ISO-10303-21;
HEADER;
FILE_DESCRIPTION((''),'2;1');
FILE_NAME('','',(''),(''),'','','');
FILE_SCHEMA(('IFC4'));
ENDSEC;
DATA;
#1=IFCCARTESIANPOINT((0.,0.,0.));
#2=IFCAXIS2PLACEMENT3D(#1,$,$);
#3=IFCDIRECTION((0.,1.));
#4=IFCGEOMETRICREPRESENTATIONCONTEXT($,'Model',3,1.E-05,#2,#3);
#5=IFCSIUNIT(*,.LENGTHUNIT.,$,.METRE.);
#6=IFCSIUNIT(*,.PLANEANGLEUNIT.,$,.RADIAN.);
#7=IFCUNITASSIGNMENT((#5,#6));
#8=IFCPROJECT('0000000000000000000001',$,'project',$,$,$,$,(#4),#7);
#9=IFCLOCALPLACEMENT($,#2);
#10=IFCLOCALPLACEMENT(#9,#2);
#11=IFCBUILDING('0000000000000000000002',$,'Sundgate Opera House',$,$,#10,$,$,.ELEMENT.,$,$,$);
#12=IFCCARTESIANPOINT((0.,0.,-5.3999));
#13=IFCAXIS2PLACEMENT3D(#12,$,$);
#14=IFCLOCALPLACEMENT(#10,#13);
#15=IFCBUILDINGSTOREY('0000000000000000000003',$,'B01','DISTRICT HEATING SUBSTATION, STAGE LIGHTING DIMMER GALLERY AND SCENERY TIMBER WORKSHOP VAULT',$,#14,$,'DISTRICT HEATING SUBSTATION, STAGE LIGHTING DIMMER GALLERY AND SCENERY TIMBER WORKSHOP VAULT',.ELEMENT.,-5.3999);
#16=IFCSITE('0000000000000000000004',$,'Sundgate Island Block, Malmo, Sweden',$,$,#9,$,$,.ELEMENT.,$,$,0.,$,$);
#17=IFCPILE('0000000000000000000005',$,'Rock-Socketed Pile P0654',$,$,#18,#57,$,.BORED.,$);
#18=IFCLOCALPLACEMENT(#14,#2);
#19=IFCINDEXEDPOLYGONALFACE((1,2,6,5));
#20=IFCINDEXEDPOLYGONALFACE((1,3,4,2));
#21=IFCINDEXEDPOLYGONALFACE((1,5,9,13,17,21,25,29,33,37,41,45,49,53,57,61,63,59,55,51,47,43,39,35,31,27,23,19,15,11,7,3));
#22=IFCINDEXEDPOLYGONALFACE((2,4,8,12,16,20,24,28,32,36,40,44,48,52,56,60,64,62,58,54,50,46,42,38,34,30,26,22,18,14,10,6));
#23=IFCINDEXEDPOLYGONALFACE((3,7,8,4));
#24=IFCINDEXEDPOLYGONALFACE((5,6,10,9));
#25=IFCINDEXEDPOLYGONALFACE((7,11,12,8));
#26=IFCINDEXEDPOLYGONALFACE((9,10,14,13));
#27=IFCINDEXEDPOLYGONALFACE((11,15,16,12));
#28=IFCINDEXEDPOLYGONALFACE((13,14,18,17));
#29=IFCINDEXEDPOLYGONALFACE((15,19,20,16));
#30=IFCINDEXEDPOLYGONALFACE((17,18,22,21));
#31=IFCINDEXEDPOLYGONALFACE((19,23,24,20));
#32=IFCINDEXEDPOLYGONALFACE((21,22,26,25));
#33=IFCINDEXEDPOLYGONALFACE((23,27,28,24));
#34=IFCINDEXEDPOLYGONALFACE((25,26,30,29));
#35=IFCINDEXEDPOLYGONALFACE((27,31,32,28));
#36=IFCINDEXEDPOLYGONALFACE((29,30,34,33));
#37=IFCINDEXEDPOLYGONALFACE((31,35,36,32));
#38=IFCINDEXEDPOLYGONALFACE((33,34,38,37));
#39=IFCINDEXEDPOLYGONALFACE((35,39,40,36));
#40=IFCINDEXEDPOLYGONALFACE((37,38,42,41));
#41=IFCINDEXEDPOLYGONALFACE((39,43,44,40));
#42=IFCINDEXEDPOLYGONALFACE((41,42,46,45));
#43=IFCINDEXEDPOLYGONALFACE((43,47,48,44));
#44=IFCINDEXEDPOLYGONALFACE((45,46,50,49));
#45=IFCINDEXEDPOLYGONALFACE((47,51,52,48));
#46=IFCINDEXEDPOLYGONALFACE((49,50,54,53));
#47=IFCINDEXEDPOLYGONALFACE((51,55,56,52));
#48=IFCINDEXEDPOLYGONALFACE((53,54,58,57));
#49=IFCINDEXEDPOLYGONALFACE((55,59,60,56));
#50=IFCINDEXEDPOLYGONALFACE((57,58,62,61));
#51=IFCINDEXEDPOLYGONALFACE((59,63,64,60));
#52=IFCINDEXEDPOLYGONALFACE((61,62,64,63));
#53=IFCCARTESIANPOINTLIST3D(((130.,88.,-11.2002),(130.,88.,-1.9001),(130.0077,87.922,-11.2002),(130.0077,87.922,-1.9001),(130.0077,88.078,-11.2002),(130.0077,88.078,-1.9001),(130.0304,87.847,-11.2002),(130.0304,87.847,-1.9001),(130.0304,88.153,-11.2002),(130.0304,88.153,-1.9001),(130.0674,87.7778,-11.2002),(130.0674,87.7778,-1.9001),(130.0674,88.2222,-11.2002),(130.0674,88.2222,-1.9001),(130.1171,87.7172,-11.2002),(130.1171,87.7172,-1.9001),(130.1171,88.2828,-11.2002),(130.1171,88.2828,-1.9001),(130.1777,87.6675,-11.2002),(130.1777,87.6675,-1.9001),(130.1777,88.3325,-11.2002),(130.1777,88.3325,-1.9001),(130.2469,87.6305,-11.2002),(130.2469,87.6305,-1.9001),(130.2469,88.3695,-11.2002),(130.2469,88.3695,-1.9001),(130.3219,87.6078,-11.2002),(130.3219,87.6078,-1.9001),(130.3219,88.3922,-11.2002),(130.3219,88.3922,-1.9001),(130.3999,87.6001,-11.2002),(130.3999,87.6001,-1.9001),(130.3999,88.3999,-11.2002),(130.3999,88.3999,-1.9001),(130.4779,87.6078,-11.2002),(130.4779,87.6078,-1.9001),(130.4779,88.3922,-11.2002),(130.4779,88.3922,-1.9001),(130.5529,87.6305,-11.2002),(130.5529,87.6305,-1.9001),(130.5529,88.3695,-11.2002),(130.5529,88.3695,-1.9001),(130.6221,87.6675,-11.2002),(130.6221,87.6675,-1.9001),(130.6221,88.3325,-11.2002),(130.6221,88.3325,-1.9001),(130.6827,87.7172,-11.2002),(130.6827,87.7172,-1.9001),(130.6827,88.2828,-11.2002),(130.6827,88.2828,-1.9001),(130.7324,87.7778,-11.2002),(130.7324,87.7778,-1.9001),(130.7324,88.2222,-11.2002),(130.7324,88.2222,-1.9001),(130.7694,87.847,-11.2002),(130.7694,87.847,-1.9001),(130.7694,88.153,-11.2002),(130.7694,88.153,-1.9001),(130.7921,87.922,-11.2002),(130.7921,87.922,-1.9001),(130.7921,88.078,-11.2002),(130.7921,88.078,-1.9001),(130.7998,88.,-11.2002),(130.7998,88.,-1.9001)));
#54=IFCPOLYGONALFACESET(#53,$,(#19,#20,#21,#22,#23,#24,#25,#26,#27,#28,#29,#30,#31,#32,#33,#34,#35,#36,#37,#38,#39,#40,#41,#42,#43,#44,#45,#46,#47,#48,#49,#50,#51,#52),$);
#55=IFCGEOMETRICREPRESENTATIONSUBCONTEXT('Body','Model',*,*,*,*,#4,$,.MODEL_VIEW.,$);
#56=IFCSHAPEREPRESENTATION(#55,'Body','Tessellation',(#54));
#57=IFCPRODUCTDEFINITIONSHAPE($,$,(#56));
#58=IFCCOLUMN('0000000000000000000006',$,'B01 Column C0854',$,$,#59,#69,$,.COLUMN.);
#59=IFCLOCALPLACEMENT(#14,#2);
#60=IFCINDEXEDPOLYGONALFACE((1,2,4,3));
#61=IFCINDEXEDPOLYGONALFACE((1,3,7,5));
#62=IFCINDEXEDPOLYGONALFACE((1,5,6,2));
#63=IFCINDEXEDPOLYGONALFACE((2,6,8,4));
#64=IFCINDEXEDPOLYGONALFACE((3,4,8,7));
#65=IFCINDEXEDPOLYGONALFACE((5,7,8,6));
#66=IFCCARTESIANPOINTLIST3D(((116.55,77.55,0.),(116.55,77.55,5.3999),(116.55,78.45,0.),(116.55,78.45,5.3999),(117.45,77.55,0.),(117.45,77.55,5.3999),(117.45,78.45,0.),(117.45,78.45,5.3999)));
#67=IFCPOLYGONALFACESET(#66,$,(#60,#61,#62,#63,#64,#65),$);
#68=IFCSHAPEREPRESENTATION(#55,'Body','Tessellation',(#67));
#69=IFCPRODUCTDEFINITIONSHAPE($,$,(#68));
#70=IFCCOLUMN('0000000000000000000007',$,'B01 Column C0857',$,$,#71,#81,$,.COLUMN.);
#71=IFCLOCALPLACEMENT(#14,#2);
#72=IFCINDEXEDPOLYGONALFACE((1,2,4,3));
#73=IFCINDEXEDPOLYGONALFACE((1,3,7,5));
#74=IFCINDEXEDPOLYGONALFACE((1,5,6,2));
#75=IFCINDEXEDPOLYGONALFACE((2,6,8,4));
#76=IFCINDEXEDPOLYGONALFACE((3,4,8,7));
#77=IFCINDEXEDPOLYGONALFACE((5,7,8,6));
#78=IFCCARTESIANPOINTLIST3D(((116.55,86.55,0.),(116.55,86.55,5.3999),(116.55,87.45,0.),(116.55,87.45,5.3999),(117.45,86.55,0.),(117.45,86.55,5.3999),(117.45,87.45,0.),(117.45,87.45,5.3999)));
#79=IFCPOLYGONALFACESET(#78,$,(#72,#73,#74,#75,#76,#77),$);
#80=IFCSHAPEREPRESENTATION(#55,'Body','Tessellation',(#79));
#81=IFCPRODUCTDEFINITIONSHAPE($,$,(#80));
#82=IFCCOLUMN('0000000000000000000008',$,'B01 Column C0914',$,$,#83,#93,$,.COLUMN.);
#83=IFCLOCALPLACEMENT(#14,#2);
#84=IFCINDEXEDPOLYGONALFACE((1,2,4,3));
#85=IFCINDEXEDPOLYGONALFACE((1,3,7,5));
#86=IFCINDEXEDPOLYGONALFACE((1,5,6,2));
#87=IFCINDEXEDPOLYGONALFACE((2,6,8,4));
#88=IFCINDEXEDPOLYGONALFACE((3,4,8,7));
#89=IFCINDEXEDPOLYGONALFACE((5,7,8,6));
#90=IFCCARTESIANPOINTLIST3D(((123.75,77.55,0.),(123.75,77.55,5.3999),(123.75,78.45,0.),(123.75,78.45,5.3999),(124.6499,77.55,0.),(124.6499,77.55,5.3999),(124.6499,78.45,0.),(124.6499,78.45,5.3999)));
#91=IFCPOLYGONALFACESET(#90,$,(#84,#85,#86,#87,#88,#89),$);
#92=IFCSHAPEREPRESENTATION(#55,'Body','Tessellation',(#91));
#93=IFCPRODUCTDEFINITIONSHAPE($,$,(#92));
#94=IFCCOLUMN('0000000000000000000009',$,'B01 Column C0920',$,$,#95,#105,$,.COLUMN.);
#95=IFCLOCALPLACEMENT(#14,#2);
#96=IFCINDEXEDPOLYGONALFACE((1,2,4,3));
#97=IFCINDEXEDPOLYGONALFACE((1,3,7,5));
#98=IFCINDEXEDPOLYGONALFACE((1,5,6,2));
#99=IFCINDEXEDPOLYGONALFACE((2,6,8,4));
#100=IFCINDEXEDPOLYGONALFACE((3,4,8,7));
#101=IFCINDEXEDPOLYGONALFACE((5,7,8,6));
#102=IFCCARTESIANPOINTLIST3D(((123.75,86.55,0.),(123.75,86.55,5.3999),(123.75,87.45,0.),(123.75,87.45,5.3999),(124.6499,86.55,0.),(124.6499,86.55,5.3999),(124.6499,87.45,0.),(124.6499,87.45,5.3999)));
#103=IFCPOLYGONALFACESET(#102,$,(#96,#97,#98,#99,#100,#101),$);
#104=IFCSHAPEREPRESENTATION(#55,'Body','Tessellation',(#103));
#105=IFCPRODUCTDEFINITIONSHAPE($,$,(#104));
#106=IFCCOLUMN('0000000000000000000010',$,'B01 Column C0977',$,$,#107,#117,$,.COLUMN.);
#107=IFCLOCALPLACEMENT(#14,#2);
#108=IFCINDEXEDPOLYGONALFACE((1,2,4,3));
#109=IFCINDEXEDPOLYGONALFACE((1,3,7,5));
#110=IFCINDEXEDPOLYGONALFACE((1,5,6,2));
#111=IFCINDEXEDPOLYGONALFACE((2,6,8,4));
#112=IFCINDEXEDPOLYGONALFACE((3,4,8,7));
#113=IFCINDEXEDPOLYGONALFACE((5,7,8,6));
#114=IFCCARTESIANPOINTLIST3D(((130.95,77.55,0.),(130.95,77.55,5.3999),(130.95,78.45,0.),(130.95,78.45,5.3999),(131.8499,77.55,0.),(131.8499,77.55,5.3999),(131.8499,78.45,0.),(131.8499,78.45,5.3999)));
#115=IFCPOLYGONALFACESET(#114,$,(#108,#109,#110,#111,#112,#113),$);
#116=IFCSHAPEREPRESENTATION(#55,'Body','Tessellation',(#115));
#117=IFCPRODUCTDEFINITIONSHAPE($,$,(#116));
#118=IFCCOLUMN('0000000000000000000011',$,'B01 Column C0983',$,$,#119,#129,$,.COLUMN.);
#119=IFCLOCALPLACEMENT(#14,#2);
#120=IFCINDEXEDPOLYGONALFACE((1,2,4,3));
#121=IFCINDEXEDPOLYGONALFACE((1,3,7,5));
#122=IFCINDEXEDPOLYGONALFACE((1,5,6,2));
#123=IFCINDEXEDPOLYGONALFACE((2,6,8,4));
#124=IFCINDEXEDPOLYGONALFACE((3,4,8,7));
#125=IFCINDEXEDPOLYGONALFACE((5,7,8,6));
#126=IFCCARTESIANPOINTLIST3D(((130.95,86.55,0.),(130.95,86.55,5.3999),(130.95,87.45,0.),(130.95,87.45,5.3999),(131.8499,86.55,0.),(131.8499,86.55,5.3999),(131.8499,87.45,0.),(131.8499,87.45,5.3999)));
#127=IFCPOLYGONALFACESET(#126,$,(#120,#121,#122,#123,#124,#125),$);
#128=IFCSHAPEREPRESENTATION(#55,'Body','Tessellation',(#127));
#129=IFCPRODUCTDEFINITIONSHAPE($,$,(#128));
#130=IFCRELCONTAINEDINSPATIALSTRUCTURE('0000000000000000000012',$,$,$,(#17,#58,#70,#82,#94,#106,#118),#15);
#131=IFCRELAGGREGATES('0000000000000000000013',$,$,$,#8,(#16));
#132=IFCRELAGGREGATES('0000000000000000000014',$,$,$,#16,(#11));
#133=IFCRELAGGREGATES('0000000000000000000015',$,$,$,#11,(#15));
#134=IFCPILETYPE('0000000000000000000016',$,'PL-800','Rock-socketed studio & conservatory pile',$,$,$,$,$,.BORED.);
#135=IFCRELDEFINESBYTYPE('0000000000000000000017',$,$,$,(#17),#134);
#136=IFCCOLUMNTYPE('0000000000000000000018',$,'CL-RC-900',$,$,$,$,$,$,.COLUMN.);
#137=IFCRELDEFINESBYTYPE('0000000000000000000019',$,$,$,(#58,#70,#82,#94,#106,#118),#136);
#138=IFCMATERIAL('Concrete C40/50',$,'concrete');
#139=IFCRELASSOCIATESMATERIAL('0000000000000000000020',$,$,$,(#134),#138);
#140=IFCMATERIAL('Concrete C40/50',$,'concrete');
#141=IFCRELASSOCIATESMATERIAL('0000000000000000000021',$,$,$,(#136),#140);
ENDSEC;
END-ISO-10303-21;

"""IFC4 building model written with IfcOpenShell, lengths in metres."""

from ifc_helpers import new_model, si_unit, direction, frame, origin, origin_2d, place, context, subcontext, project, spatial, rectangle, circle, extrude, material, material_profile, profile_set, type_object, element, save


model = new_model("IFC4")

# Units and contexts
model_context = context("Model", 3, precision=1e-05, world=origin(), true_north=direction((0.0, 1.0)))
body_context = subcontext(model_context, "Body", "Model", "MODEL_VIEW")
ifc_project = project(units=[si_unit("LENGTHUNIT", "METRE"), si_unit("PLANEANGLEUNIT", "RADIAN")], contexts=[model_context])

# Site, building, storey
site_placement = place(None, origin())
site = spatial("IfcSite", under=ifc_project, at=site_placement, Name="Sundgate Island Block, Malmo, Sweden", CompositionType="ELEMENT", RefElevation=0.0)
building_placement = place(site_placement, origin())
building = spatial("IfcBuilding", under=site, at=building_placement, Name="Sundgate Opera House", CompositionType="ELEMENT")
storey_placement = place(building_placement, frame((0.0, 0.0, -5.3999)))
storey = spatial("IfcBuildingStorey", under=building, at=storey_placement, Name="B01", Description="DISTRICT HEATING SUBSTATION, STAGE LIGHTING DIMMER GALLERY AND SCENERY TIMBER WORKSHOP VAULT", LongName="DISTRICT HEATING SUBSTATION, STAGE LIGHTING DIMMER GALLERY AND SCENERY TIMBER WORKSHOP VAULT", CompositionType="ELEMENT", Elevation=-5.3999)

# Pile
ifc_material_1 = material(Name="Concrete C40/50", Category="concrete")
ifc_material_profile_1 = material_profile(ifc_material_1, circle(Radius=0.3999, at=origin_2d()), Name="PILE D800")
ifc_profile_set_1 = profile_set([ifc_material_profile_1], Name="Concrete C40/50")
pile_type = type_object("IfcPileType", Name="PL-800", Description="Rock-socketed studio & conservatory pile", PredefinedType="BORED", material=ifc_profile_set_1)
for number, where, z_axis, x_axis, name in (
    (1, (130.3999, 88.0, -1.9001), (0.0, 0.0, -1.0), (1.0, 0.0, 0.0), "Rock-Socketed Pile P0654"),
):
    element("IfcPile", number, at=place(storey_placement, frame(where, z_axis=z_axis, x_axis=x_axis)), inside=storey, type_object=pile_type, Name=name, PredefinedType="BORED", context=body_context, shape_type="SweptSolid", body=[
        extrude(circle(Radius=0.3999, at=origin_2d()), origin(), (0.0, 0.0, 1.0), 9.3),
    ])

# Columns
ifc_material_2 = material(Name="Concrete C40/50", Category="concrete")
ifc_material_profile_2 = material_profile(ifc_material_2, rectangle(XDim=0.8999, YDim=0.8999, at=origin_2d()), Name="RC 900x900")
ifc_profile_set_2 = profile_set([ifc_material_profile_2], Name="Concrete C40/50")
column_type = type_object("IfcColumnType", Name="CL-RC-900", PredefinedType="COLUMN", material=ifc_profile_set_2)
for number, where, z_axis, x_axis, name in (
    (2, (117.0, 78.0, 0.0), (0.0, 0.0, 1.0), (1.0, 0.0, 0.0), "B01 Column C0854"),
    (3, (117.0, 87.0, 0.0), (0.0, 0.0, 1.0), (1.0, 0.0, 0.0), "B01 Column C0857"),
    (4, (124.2, 78.0, 0.0), (0.0, 0.0, 1.0), (1.0, 0.0, 0.0), "B01 Column C0914"),
    (5, (124.2, 87.0, 0.0), (0.0, 0.0, 1.0), (1.0, 0.0, 0.0), "B01 Column C0920"),
    (6, (131.3999, 78.0, 0.0), (0.0, 0.0, 1.0), (1.0, 0.0, 0.0), "B01 Column C0977"),
    (7, (131.3999, 87.0, 0.0), (0.0, 0.0, 1.0), (1.0, 0.0, 0.0), "B01 Column C0983"),
):
    element("IfcColumn", number, at=place(storey_placement, frame(where, z_axis=z_axis, x_axis=x_axis)), inside=storey, type_object=column_type, Name=name, PredefinedType="COLUMN", context=body_context, shape_type="SweptSolid", body=[
        extrude(rectangle(XDim=0.8999, YDim=0.8999, at=origin_2d()), origin(), (0.0, 0.0, 1.0), 5.3999),
    ])

save(model, "model.ifc")
